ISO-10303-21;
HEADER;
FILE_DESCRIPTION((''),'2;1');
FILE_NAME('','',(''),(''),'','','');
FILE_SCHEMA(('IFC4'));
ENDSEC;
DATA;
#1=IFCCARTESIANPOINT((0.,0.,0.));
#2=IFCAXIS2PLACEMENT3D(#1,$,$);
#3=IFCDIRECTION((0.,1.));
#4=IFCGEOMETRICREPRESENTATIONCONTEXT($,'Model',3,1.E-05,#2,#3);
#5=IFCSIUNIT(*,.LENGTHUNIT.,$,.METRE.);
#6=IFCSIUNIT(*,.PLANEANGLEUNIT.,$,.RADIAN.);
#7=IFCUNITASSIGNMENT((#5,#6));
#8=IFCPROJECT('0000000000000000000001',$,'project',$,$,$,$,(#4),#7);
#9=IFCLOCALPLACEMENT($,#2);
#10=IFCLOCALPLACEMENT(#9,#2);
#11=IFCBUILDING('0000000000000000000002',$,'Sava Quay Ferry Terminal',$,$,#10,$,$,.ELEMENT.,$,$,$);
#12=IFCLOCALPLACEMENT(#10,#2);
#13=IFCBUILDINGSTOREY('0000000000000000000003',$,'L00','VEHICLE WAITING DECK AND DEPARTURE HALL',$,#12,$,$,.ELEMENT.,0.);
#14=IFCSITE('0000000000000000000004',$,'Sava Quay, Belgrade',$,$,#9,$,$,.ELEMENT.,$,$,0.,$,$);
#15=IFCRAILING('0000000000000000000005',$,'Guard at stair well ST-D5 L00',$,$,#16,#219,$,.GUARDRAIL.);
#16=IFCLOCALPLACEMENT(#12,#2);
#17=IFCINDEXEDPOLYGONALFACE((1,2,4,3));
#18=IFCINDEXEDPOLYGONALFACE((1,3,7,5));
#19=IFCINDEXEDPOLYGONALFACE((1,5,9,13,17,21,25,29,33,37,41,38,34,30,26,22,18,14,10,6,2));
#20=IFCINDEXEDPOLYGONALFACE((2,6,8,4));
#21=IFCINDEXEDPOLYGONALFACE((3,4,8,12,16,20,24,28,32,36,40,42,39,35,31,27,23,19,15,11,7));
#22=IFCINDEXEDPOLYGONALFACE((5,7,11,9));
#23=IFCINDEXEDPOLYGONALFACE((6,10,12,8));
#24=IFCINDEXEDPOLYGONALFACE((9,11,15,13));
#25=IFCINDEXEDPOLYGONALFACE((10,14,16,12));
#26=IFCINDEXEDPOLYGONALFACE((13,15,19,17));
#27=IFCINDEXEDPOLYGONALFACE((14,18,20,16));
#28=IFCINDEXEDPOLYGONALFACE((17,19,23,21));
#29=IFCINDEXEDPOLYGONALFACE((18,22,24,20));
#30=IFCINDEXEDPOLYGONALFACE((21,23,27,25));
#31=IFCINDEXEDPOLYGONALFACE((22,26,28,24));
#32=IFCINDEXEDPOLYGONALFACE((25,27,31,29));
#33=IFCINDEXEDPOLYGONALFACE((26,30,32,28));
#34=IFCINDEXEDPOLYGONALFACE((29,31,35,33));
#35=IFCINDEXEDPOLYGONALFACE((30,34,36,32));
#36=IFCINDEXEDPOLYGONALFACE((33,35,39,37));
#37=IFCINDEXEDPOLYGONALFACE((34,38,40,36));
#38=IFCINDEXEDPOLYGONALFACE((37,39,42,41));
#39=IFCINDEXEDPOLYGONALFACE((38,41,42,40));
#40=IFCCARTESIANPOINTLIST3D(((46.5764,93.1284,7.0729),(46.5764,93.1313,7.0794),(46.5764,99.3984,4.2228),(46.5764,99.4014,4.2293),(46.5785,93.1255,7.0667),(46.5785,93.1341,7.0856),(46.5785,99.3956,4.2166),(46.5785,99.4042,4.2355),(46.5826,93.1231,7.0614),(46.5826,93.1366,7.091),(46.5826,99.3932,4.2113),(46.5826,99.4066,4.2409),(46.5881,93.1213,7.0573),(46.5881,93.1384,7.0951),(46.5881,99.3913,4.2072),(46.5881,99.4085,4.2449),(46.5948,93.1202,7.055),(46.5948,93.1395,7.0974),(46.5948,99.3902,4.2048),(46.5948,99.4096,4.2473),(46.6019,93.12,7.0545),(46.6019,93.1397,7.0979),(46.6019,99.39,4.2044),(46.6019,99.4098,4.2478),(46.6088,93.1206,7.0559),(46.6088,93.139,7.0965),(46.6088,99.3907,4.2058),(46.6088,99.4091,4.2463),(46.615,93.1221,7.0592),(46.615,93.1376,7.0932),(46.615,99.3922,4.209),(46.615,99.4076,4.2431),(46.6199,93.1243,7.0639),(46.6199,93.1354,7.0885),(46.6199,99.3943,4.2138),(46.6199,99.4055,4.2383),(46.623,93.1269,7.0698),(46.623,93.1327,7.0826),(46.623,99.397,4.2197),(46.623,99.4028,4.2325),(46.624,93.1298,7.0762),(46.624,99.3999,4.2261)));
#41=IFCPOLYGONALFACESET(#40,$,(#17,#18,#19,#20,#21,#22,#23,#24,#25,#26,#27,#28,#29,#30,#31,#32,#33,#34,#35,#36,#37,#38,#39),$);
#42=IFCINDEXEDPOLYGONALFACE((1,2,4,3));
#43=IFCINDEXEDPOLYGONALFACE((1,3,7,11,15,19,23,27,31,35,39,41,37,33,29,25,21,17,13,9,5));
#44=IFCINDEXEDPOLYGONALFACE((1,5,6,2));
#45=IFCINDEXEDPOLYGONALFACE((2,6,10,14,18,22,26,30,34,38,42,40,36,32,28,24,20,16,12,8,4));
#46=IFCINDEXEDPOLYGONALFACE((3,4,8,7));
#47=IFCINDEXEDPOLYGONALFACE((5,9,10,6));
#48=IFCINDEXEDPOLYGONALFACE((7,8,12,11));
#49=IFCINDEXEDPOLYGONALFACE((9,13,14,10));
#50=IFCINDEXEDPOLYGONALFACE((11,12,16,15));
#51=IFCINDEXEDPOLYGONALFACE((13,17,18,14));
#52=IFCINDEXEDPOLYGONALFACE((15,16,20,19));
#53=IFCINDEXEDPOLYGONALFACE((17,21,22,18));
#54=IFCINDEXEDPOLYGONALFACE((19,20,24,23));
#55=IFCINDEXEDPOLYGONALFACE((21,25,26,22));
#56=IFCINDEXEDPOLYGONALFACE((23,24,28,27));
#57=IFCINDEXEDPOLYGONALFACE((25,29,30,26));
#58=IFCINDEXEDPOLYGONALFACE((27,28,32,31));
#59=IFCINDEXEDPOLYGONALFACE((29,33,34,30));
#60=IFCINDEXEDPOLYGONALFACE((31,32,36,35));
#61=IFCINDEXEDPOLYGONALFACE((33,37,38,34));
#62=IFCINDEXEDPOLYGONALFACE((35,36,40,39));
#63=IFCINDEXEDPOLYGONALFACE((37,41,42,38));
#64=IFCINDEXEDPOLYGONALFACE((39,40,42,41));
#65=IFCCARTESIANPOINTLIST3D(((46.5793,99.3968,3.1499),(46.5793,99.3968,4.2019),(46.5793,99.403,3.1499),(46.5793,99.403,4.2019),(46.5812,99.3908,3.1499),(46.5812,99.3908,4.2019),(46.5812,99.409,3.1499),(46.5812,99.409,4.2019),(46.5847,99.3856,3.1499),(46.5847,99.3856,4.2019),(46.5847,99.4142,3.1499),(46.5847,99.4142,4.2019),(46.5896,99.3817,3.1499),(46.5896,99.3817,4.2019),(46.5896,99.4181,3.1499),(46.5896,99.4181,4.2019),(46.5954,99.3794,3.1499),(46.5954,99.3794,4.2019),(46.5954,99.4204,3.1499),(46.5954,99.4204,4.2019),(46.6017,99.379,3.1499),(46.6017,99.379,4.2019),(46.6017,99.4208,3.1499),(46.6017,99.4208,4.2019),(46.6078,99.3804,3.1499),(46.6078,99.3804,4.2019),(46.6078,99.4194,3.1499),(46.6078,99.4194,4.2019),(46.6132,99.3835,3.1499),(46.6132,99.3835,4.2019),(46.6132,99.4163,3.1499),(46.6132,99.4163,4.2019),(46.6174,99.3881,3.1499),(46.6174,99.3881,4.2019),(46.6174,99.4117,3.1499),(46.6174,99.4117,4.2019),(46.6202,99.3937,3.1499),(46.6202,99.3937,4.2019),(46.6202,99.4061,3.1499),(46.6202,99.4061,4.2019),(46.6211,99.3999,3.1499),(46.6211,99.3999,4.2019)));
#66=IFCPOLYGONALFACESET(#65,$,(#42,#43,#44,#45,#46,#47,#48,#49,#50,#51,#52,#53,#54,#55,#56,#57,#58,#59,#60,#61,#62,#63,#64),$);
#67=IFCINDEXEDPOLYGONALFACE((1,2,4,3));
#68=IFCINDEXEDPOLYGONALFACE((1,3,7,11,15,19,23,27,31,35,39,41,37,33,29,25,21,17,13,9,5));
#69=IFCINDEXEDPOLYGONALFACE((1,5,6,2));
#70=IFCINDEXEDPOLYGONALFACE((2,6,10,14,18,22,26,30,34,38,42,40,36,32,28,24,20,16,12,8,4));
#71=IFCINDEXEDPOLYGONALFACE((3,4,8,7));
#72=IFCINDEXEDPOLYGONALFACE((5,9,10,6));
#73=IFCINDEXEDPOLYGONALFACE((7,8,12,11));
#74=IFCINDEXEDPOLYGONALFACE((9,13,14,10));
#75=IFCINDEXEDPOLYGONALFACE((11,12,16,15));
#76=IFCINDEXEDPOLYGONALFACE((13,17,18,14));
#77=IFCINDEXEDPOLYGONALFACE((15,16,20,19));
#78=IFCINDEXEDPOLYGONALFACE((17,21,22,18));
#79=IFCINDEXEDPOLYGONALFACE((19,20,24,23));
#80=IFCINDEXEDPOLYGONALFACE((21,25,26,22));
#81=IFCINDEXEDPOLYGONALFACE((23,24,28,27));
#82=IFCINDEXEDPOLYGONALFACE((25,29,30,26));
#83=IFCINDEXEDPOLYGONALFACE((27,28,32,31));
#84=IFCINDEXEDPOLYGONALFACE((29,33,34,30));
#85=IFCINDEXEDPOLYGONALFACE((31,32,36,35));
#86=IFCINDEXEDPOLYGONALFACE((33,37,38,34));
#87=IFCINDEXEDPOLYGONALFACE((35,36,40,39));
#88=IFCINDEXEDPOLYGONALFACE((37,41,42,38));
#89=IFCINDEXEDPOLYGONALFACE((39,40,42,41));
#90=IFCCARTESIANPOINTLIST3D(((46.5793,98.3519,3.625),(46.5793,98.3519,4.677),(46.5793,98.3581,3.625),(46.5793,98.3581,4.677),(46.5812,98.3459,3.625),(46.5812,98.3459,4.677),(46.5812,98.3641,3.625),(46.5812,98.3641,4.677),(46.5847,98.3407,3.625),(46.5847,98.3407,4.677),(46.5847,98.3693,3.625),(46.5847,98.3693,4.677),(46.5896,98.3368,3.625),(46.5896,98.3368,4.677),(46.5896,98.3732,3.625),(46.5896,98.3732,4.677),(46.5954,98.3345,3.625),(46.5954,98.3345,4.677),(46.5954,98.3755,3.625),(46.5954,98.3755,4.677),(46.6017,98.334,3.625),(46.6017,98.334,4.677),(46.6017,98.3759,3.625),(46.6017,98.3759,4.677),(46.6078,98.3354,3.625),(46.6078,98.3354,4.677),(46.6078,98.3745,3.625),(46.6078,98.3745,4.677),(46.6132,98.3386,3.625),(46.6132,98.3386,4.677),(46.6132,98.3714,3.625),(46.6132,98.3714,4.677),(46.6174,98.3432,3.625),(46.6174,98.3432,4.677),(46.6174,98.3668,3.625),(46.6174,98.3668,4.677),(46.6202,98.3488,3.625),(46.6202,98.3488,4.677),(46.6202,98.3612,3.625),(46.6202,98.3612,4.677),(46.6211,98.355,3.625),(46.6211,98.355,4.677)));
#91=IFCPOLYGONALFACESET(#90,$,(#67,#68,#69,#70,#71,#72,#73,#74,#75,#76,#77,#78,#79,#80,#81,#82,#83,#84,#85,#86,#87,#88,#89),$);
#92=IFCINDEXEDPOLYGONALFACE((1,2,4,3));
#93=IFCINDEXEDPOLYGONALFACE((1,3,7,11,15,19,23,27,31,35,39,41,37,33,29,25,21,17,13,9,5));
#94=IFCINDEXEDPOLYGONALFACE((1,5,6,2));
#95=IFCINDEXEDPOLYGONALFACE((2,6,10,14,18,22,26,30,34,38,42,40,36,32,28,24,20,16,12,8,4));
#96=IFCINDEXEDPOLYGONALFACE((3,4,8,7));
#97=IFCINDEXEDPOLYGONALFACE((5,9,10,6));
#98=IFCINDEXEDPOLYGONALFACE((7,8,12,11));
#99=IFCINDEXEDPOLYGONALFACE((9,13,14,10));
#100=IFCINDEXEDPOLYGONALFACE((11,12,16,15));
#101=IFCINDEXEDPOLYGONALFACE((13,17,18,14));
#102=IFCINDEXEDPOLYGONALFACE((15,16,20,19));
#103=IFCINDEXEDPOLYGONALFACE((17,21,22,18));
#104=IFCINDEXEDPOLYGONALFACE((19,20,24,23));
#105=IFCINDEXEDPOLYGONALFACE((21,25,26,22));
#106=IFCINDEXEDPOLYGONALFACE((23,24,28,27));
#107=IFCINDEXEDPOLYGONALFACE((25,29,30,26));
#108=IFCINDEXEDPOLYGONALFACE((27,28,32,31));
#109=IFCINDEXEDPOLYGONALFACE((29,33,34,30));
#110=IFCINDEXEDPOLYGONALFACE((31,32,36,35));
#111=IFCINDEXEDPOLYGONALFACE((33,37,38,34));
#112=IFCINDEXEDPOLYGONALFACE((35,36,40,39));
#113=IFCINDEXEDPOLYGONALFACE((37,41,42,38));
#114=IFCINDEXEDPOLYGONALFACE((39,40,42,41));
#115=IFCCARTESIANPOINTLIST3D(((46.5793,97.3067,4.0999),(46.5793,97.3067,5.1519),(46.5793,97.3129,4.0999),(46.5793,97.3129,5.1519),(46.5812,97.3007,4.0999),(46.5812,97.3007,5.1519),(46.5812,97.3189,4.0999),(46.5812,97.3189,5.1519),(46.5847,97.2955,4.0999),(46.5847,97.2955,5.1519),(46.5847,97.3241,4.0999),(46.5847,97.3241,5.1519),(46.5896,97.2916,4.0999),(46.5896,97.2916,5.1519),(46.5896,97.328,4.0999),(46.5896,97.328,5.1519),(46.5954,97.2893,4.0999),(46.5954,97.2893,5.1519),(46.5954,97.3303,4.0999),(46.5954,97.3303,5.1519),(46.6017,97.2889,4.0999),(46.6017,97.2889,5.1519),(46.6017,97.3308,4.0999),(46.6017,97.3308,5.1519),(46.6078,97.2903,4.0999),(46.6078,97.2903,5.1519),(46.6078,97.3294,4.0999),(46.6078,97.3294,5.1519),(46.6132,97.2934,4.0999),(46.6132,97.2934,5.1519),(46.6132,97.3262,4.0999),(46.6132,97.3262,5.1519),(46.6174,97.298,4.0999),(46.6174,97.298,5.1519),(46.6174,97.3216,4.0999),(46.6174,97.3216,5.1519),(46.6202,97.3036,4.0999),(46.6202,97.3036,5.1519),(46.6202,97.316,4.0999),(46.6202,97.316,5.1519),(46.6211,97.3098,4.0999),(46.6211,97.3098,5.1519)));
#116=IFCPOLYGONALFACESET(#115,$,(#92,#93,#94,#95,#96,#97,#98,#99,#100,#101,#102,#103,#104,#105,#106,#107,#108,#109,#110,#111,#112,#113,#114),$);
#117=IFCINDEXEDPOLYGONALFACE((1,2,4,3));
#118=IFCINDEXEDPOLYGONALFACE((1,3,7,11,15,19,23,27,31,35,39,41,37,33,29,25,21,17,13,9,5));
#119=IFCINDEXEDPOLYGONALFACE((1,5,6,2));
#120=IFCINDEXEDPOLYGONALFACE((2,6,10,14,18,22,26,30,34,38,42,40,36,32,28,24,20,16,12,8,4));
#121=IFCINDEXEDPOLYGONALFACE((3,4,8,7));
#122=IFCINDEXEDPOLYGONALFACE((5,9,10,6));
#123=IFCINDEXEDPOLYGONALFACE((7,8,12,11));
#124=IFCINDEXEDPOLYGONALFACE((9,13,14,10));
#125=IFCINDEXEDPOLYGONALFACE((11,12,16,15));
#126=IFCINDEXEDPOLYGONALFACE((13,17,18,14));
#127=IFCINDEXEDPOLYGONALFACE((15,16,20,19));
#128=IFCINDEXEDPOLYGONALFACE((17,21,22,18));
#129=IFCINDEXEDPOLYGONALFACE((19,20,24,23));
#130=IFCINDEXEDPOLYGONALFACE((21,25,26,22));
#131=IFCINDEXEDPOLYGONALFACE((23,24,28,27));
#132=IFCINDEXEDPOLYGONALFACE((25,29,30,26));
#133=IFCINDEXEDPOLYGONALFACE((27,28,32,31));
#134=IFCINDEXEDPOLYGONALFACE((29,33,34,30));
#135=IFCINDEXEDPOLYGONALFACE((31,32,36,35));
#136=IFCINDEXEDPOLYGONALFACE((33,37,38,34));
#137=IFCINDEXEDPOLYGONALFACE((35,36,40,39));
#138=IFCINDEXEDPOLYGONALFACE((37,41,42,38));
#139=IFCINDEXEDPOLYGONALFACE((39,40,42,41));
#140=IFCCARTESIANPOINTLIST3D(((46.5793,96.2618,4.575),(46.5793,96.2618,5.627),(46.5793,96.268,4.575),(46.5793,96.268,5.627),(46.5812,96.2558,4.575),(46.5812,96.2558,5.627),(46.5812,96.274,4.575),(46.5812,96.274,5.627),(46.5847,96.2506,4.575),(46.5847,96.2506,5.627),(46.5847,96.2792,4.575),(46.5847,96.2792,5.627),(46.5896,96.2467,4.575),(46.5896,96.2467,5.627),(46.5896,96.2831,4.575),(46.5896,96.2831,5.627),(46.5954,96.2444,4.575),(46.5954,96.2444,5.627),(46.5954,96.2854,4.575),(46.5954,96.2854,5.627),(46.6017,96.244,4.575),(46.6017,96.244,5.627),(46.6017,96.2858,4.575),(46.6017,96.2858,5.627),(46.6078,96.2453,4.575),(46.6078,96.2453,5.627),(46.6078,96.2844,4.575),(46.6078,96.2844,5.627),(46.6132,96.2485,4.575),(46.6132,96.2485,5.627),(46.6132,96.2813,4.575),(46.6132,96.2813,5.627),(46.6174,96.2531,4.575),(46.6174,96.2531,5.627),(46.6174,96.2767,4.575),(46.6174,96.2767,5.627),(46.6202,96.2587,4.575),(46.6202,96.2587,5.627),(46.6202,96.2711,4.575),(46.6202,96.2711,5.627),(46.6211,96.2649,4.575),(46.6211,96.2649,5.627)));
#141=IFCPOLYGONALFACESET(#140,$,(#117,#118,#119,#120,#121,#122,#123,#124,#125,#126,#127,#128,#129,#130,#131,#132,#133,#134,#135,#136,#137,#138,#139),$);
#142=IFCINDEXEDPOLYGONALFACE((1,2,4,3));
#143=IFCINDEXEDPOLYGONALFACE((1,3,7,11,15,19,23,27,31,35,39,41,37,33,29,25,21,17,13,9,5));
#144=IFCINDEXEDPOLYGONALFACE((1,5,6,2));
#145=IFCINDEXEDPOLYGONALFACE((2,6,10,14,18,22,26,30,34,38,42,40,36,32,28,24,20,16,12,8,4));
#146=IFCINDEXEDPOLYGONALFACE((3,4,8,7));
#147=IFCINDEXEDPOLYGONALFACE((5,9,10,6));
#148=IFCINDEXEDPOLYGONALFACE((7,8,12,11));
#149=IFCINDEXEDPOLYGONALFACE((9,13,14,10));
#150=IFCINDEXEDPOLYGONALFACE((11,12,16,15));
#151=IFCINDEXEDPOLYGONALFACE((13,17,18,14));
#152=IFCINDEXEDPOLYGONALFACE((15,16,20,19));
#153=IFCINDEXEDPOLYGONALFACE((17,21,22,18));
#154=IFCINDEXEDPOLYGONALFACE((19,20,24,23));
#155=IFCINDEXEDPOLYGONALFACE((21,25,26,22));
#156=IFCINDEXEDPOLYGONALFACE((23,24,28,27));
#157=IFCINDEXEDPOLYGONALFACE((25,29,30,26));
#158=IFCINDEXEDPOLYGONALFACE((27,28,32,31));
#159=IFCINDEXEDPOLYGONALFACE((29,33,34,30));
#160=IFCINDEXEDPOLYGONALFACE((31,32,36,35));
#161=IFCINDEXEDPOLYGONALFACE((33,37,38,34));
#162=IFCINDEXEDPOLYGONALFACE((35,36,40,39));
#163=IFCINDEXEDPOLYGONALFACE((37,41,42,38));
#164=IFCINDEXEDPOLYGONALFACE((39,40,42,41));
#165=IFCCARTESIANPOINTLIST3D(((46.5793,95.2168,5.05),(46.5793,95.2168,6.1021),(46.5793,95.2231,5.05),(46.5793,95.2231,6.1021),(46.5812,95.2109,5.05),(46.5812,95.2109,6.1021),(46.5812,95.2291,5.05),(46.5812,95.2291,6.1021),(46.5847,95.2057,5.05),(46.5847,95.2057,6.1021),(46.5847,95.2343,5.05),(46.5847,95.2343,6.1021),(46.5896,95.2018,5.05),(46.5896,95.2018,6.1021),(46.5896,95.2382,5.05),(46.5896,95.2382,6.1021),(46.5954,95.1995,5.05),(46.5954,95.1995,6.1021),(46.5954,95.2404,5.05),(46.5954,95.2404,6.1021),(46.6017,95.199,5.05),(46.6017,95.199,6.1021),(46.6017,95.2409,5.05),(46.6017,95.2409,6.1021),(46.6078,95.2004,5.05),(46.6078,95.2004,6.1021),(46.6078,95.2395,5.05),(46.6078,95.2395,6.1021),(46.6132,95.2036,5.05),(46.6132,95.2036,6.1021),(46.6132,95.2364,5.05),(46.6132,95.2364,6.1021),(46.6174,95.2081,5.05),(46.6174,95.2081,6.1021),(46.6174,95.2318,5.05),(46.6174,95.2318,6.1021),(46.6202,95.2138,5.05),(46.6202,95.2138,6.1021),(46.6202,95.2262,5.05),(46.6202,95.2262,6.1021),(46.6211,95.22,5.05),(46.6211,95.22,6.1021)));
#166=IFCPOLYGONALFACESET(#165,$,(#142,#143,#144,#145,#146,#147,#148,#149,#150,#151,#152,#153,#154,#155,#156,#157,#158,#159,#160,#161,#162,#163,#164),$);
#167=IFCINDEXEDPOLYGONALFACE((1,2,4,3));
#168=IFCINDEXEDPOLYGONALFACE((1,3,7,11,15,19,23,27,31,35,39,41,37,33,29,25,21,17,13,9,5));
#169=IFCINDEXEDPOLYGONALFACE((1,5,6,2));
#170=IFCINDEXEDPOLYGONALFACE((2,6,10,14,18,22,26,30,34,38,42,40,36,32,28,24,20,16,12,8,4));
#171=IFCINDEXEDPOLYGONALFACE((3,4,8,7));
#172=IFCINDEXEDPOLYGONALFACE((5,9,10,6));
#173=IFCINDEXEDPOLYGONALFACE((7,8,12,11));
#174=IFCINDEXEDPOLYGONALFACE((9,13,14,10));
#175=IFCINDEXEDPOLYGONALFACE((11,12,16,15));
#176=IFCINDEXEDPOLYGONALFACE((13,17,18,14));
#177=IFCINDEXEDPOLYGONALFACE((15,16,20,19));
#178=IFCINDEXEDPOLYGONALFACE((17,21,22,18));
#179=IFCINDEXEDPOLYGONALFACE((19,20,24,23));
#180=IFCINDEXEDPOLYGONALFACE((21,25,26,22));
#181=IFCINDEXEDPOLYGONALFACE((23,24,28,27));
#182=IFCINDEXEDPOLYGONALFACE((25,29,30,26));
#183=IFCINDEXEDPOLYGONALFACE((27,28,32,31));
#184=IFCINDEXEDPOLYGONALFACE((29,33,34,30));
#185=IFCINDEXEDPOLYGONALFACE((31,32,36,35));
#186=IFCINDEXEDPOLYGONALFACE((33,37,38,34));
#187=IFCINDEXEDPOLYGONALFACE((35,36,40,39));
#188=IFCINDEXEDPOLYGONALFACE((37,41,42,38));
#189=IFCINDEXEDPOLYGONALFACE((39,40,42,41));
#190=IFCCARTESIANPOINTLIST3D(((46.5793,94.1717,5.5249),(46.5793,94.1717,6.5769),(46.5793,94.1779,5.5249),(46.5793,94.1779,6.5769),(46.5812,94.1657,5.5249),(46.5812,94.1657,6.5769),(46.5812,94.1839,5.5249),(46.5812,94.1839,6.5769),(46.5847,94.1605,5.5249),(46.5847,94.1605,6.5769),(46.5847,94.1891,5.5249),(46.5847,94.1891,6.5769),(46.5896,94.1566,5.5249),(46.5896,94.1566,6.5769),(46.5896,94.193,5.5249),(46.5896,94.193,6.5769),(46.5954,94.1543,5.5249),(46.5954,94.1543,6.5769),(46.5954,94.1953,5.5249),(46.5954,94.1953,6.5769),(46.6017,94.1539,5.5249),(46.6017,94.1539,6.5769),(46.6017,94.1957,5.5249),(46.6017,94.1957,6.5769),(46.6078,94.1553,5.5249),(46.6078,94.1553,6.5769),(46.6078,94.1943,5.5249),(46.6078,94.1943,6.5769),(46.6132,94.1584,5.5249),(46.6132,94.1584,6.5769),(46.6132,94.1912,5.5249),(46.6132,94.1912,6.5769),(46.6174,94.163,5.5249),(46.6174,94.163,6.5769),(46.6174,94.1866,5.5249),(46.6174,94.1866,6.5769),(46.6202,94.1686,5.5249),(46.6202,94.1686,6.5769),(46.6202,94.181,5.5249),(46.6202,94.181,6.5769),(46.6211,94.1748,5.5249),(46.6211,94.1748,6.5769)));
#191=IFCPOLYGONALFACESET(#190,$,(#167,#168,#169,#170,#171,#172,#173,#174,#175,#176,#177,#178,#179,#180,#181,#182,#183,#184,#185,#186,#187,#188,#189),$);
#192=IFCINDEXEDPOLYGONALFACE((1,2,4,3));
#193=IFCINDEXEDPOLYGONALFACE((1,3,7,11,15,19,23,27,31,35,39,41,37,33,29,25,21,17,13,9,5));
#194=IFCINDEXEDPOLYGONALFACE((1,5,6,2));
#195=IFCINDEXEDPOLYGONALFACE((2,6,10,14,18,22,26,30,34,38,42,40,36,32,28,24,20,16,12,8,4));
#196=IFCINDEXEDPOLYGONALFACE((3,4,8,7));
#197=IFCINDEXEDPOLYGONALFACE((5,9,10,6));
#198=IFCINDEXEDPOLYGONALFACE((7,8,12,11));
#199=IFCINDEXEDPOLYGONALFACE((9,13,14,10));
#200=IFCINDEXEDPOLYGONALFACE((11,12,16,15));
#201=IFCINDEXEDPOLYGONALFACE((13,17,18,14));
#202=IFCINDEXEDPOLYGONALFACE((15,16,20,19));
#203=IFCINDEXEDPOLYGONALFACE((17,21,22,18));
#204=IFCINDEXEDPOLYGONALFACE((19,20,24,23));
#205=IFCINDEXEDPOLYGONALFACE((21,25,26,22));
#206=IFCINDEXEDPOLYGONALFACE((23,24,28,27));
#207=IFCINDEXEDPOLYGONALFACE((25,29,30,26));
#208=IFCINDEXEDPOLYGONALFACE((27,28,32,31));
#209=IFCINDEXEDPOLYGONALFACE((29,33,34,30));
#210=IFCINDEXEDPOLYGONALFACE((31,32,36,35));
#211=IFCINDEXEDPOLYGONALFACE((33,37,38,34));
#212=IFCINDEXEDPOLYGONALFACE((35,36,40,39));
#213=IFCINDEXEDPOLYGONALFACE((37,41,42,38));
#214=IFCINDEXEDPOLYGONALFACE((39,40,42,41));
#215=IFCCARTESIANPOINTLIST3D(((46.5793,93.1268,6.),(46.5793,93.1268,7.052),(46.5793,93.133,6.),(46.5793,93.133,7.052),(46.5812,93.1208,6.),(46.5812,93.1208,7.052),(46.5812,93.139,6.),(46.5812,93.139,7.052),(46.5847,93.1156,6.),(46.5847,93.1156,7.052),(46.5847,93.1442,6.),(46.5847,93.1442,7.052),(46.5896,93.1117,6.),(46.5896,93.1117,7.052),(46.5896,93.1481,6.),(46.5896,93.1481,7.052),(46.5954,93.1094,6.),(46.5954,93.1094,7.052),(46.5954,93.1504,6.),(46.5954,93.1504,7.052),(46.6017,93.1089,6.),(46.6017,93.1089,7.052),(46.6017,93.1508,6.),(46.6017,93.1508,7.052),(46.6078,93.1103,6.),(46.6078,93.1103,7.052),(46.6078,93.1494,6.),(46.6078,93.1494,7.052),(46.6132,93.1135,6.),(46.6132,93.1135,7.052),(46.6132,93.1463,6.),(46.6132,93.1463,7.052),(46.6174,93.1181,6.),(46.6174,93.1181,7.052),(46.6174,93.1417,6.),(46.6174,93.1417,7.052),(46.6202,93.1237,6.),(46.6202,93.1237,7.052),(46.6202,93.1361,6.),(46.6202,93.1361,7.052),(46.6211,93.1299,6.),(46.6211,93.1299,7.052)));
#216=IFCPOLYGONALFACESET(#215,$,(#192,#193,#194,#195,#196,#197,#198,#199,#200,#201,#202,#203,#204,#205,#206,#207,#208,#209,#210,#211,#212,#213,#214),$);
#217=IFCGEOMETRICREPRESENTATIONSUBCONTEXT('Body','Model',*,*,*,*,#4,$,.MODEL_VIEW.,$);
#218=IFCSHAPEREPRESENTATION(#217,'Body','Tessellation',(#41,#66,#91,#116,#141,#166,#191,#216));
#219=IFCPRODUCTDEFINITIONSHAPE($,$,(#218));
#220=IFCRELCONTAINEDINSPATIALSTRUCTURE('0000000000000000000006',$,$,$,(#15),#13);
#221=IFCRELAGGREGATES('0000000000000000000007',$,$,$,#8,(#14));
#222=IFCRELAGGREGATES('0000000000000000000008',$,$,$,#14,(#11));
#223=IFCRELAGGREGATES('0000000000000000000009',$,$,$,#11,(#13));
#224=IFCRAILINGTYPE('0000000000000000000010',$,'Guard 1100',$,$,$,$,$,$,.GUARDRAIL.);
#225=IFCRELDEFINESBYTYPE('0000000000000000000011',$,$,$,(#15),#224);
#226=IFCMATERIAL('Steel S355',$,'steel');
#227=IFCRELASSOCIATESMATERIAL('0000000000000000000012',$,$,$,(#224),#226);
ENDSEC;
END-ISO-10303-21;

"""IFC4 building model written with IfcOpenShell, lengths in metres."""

from ifc_helpers import new_model, si_unit, direction, frame, origin, origin_2d, place, context, subcontext, project, spatial, circle, extrude, material, type_object, element, save


model = new_model("IFC4")

# Units and contexts
model_context = context("Model", 3, precision=1e-05, world=origin(), true_north=direction((0.0, 1.0)))
body_context = subcontext(model_context, "Body", "Model", "MODEL_VIEW")
ifc_project = project(units=[si_unit("LENGTHUNIT", "METRE"), si_unit("PLANEANGLEUNIT", "RADIAN")], contexts=[model_context])

# Site, building, storey
site_placement = place(None, origin())
site = spatial("IfcSite", under=ifc_project, at=site_placement, Name="Sava Quay, Belgrade", CompositionType="ELEMENT", RefElevation=0.0)
building_placement = place(site_placement, origin())
building = spatial("IfcBuilding", under=site, at=building_placement, Name="Sava Quay Ferry Terminal", CompositionType="ELEMENT")
storey_placement = place(building_placement, origin())
storey = spatial("IfcBuildingStorey", under=building, at=storey_placement, Name="L00", Description="VEHICLE WAITING DECK AND DEPARTURE HALL", CompositionType="ELEMENT", Elevation=0.0)

# Railing
ifc_material_1 = material(Name="Steel S355", Category="steel")
railing_type_1 = type_object("IfcRailingType", Name="Guard 1100", PredefinedType="GUARDRAIL", material=ifc_material_1)
railing_1_placement = place(storey_placement, frame((46.6001, 99.3999, 3.1499)))
element("IfcRailing", 1, at=railing_1_placement, inside=storey, type_object=railing_type_1, Name="Guard at stair well ST-D5 L00", PredefinedType="GUARDRAIL", context=body_context, shape_type="SweptSolid", body=[
    extrude(circle(Radius=0.0239, at=origin_2d()), frame((0.0, 0.0, 1.0762), z_axis=(0.0, -0.910362, 0.413814), x_axis=(1.0, 0.0, 0.0)), (0.0, 0.0, 1.0), 6.8875),
    extrude(circle(Radius=0.021, at=origin_2d()), origin(), (0.0, 0.0, 1.0), 1.052),
    extrude(circle(Radius=0.021, at=origin_2d()), frame((0.0, -1.0449, 0.4751)), (0.0, 0.0, 1.0), 1.052),
    extrude(circle(Radius=0.021, at=origin_2d()), frame((0.0, -2.0901, 0.95)), (0.0, 0.0, 1.0), 1.052),
    extrude(circle(Radius=0.021, at=origin_2d()), frame((0.0, -3.135, 1.425)), (0.0, 0.0, 1.0), 1.052),
    extrude(circle(Radius=0.021, at=origin_2d()), frame((0.0, -4.1799, 1.9001)), (0.0, 0.0, 1.0), 1.052),
    extrude(circle(Radius=0.021, at=origin_2d()), frame((0.0, -5.2251, 2.375)), (0.0, 0.0, 1.0), 1.052),
    extrude(circle(Radius=0.021, at=origin_2d()), frame((0.0, -6.27, 2.8501)), (0.0, 0.0, 1.0), 1.052),
])

save(model, "model.ifc")
